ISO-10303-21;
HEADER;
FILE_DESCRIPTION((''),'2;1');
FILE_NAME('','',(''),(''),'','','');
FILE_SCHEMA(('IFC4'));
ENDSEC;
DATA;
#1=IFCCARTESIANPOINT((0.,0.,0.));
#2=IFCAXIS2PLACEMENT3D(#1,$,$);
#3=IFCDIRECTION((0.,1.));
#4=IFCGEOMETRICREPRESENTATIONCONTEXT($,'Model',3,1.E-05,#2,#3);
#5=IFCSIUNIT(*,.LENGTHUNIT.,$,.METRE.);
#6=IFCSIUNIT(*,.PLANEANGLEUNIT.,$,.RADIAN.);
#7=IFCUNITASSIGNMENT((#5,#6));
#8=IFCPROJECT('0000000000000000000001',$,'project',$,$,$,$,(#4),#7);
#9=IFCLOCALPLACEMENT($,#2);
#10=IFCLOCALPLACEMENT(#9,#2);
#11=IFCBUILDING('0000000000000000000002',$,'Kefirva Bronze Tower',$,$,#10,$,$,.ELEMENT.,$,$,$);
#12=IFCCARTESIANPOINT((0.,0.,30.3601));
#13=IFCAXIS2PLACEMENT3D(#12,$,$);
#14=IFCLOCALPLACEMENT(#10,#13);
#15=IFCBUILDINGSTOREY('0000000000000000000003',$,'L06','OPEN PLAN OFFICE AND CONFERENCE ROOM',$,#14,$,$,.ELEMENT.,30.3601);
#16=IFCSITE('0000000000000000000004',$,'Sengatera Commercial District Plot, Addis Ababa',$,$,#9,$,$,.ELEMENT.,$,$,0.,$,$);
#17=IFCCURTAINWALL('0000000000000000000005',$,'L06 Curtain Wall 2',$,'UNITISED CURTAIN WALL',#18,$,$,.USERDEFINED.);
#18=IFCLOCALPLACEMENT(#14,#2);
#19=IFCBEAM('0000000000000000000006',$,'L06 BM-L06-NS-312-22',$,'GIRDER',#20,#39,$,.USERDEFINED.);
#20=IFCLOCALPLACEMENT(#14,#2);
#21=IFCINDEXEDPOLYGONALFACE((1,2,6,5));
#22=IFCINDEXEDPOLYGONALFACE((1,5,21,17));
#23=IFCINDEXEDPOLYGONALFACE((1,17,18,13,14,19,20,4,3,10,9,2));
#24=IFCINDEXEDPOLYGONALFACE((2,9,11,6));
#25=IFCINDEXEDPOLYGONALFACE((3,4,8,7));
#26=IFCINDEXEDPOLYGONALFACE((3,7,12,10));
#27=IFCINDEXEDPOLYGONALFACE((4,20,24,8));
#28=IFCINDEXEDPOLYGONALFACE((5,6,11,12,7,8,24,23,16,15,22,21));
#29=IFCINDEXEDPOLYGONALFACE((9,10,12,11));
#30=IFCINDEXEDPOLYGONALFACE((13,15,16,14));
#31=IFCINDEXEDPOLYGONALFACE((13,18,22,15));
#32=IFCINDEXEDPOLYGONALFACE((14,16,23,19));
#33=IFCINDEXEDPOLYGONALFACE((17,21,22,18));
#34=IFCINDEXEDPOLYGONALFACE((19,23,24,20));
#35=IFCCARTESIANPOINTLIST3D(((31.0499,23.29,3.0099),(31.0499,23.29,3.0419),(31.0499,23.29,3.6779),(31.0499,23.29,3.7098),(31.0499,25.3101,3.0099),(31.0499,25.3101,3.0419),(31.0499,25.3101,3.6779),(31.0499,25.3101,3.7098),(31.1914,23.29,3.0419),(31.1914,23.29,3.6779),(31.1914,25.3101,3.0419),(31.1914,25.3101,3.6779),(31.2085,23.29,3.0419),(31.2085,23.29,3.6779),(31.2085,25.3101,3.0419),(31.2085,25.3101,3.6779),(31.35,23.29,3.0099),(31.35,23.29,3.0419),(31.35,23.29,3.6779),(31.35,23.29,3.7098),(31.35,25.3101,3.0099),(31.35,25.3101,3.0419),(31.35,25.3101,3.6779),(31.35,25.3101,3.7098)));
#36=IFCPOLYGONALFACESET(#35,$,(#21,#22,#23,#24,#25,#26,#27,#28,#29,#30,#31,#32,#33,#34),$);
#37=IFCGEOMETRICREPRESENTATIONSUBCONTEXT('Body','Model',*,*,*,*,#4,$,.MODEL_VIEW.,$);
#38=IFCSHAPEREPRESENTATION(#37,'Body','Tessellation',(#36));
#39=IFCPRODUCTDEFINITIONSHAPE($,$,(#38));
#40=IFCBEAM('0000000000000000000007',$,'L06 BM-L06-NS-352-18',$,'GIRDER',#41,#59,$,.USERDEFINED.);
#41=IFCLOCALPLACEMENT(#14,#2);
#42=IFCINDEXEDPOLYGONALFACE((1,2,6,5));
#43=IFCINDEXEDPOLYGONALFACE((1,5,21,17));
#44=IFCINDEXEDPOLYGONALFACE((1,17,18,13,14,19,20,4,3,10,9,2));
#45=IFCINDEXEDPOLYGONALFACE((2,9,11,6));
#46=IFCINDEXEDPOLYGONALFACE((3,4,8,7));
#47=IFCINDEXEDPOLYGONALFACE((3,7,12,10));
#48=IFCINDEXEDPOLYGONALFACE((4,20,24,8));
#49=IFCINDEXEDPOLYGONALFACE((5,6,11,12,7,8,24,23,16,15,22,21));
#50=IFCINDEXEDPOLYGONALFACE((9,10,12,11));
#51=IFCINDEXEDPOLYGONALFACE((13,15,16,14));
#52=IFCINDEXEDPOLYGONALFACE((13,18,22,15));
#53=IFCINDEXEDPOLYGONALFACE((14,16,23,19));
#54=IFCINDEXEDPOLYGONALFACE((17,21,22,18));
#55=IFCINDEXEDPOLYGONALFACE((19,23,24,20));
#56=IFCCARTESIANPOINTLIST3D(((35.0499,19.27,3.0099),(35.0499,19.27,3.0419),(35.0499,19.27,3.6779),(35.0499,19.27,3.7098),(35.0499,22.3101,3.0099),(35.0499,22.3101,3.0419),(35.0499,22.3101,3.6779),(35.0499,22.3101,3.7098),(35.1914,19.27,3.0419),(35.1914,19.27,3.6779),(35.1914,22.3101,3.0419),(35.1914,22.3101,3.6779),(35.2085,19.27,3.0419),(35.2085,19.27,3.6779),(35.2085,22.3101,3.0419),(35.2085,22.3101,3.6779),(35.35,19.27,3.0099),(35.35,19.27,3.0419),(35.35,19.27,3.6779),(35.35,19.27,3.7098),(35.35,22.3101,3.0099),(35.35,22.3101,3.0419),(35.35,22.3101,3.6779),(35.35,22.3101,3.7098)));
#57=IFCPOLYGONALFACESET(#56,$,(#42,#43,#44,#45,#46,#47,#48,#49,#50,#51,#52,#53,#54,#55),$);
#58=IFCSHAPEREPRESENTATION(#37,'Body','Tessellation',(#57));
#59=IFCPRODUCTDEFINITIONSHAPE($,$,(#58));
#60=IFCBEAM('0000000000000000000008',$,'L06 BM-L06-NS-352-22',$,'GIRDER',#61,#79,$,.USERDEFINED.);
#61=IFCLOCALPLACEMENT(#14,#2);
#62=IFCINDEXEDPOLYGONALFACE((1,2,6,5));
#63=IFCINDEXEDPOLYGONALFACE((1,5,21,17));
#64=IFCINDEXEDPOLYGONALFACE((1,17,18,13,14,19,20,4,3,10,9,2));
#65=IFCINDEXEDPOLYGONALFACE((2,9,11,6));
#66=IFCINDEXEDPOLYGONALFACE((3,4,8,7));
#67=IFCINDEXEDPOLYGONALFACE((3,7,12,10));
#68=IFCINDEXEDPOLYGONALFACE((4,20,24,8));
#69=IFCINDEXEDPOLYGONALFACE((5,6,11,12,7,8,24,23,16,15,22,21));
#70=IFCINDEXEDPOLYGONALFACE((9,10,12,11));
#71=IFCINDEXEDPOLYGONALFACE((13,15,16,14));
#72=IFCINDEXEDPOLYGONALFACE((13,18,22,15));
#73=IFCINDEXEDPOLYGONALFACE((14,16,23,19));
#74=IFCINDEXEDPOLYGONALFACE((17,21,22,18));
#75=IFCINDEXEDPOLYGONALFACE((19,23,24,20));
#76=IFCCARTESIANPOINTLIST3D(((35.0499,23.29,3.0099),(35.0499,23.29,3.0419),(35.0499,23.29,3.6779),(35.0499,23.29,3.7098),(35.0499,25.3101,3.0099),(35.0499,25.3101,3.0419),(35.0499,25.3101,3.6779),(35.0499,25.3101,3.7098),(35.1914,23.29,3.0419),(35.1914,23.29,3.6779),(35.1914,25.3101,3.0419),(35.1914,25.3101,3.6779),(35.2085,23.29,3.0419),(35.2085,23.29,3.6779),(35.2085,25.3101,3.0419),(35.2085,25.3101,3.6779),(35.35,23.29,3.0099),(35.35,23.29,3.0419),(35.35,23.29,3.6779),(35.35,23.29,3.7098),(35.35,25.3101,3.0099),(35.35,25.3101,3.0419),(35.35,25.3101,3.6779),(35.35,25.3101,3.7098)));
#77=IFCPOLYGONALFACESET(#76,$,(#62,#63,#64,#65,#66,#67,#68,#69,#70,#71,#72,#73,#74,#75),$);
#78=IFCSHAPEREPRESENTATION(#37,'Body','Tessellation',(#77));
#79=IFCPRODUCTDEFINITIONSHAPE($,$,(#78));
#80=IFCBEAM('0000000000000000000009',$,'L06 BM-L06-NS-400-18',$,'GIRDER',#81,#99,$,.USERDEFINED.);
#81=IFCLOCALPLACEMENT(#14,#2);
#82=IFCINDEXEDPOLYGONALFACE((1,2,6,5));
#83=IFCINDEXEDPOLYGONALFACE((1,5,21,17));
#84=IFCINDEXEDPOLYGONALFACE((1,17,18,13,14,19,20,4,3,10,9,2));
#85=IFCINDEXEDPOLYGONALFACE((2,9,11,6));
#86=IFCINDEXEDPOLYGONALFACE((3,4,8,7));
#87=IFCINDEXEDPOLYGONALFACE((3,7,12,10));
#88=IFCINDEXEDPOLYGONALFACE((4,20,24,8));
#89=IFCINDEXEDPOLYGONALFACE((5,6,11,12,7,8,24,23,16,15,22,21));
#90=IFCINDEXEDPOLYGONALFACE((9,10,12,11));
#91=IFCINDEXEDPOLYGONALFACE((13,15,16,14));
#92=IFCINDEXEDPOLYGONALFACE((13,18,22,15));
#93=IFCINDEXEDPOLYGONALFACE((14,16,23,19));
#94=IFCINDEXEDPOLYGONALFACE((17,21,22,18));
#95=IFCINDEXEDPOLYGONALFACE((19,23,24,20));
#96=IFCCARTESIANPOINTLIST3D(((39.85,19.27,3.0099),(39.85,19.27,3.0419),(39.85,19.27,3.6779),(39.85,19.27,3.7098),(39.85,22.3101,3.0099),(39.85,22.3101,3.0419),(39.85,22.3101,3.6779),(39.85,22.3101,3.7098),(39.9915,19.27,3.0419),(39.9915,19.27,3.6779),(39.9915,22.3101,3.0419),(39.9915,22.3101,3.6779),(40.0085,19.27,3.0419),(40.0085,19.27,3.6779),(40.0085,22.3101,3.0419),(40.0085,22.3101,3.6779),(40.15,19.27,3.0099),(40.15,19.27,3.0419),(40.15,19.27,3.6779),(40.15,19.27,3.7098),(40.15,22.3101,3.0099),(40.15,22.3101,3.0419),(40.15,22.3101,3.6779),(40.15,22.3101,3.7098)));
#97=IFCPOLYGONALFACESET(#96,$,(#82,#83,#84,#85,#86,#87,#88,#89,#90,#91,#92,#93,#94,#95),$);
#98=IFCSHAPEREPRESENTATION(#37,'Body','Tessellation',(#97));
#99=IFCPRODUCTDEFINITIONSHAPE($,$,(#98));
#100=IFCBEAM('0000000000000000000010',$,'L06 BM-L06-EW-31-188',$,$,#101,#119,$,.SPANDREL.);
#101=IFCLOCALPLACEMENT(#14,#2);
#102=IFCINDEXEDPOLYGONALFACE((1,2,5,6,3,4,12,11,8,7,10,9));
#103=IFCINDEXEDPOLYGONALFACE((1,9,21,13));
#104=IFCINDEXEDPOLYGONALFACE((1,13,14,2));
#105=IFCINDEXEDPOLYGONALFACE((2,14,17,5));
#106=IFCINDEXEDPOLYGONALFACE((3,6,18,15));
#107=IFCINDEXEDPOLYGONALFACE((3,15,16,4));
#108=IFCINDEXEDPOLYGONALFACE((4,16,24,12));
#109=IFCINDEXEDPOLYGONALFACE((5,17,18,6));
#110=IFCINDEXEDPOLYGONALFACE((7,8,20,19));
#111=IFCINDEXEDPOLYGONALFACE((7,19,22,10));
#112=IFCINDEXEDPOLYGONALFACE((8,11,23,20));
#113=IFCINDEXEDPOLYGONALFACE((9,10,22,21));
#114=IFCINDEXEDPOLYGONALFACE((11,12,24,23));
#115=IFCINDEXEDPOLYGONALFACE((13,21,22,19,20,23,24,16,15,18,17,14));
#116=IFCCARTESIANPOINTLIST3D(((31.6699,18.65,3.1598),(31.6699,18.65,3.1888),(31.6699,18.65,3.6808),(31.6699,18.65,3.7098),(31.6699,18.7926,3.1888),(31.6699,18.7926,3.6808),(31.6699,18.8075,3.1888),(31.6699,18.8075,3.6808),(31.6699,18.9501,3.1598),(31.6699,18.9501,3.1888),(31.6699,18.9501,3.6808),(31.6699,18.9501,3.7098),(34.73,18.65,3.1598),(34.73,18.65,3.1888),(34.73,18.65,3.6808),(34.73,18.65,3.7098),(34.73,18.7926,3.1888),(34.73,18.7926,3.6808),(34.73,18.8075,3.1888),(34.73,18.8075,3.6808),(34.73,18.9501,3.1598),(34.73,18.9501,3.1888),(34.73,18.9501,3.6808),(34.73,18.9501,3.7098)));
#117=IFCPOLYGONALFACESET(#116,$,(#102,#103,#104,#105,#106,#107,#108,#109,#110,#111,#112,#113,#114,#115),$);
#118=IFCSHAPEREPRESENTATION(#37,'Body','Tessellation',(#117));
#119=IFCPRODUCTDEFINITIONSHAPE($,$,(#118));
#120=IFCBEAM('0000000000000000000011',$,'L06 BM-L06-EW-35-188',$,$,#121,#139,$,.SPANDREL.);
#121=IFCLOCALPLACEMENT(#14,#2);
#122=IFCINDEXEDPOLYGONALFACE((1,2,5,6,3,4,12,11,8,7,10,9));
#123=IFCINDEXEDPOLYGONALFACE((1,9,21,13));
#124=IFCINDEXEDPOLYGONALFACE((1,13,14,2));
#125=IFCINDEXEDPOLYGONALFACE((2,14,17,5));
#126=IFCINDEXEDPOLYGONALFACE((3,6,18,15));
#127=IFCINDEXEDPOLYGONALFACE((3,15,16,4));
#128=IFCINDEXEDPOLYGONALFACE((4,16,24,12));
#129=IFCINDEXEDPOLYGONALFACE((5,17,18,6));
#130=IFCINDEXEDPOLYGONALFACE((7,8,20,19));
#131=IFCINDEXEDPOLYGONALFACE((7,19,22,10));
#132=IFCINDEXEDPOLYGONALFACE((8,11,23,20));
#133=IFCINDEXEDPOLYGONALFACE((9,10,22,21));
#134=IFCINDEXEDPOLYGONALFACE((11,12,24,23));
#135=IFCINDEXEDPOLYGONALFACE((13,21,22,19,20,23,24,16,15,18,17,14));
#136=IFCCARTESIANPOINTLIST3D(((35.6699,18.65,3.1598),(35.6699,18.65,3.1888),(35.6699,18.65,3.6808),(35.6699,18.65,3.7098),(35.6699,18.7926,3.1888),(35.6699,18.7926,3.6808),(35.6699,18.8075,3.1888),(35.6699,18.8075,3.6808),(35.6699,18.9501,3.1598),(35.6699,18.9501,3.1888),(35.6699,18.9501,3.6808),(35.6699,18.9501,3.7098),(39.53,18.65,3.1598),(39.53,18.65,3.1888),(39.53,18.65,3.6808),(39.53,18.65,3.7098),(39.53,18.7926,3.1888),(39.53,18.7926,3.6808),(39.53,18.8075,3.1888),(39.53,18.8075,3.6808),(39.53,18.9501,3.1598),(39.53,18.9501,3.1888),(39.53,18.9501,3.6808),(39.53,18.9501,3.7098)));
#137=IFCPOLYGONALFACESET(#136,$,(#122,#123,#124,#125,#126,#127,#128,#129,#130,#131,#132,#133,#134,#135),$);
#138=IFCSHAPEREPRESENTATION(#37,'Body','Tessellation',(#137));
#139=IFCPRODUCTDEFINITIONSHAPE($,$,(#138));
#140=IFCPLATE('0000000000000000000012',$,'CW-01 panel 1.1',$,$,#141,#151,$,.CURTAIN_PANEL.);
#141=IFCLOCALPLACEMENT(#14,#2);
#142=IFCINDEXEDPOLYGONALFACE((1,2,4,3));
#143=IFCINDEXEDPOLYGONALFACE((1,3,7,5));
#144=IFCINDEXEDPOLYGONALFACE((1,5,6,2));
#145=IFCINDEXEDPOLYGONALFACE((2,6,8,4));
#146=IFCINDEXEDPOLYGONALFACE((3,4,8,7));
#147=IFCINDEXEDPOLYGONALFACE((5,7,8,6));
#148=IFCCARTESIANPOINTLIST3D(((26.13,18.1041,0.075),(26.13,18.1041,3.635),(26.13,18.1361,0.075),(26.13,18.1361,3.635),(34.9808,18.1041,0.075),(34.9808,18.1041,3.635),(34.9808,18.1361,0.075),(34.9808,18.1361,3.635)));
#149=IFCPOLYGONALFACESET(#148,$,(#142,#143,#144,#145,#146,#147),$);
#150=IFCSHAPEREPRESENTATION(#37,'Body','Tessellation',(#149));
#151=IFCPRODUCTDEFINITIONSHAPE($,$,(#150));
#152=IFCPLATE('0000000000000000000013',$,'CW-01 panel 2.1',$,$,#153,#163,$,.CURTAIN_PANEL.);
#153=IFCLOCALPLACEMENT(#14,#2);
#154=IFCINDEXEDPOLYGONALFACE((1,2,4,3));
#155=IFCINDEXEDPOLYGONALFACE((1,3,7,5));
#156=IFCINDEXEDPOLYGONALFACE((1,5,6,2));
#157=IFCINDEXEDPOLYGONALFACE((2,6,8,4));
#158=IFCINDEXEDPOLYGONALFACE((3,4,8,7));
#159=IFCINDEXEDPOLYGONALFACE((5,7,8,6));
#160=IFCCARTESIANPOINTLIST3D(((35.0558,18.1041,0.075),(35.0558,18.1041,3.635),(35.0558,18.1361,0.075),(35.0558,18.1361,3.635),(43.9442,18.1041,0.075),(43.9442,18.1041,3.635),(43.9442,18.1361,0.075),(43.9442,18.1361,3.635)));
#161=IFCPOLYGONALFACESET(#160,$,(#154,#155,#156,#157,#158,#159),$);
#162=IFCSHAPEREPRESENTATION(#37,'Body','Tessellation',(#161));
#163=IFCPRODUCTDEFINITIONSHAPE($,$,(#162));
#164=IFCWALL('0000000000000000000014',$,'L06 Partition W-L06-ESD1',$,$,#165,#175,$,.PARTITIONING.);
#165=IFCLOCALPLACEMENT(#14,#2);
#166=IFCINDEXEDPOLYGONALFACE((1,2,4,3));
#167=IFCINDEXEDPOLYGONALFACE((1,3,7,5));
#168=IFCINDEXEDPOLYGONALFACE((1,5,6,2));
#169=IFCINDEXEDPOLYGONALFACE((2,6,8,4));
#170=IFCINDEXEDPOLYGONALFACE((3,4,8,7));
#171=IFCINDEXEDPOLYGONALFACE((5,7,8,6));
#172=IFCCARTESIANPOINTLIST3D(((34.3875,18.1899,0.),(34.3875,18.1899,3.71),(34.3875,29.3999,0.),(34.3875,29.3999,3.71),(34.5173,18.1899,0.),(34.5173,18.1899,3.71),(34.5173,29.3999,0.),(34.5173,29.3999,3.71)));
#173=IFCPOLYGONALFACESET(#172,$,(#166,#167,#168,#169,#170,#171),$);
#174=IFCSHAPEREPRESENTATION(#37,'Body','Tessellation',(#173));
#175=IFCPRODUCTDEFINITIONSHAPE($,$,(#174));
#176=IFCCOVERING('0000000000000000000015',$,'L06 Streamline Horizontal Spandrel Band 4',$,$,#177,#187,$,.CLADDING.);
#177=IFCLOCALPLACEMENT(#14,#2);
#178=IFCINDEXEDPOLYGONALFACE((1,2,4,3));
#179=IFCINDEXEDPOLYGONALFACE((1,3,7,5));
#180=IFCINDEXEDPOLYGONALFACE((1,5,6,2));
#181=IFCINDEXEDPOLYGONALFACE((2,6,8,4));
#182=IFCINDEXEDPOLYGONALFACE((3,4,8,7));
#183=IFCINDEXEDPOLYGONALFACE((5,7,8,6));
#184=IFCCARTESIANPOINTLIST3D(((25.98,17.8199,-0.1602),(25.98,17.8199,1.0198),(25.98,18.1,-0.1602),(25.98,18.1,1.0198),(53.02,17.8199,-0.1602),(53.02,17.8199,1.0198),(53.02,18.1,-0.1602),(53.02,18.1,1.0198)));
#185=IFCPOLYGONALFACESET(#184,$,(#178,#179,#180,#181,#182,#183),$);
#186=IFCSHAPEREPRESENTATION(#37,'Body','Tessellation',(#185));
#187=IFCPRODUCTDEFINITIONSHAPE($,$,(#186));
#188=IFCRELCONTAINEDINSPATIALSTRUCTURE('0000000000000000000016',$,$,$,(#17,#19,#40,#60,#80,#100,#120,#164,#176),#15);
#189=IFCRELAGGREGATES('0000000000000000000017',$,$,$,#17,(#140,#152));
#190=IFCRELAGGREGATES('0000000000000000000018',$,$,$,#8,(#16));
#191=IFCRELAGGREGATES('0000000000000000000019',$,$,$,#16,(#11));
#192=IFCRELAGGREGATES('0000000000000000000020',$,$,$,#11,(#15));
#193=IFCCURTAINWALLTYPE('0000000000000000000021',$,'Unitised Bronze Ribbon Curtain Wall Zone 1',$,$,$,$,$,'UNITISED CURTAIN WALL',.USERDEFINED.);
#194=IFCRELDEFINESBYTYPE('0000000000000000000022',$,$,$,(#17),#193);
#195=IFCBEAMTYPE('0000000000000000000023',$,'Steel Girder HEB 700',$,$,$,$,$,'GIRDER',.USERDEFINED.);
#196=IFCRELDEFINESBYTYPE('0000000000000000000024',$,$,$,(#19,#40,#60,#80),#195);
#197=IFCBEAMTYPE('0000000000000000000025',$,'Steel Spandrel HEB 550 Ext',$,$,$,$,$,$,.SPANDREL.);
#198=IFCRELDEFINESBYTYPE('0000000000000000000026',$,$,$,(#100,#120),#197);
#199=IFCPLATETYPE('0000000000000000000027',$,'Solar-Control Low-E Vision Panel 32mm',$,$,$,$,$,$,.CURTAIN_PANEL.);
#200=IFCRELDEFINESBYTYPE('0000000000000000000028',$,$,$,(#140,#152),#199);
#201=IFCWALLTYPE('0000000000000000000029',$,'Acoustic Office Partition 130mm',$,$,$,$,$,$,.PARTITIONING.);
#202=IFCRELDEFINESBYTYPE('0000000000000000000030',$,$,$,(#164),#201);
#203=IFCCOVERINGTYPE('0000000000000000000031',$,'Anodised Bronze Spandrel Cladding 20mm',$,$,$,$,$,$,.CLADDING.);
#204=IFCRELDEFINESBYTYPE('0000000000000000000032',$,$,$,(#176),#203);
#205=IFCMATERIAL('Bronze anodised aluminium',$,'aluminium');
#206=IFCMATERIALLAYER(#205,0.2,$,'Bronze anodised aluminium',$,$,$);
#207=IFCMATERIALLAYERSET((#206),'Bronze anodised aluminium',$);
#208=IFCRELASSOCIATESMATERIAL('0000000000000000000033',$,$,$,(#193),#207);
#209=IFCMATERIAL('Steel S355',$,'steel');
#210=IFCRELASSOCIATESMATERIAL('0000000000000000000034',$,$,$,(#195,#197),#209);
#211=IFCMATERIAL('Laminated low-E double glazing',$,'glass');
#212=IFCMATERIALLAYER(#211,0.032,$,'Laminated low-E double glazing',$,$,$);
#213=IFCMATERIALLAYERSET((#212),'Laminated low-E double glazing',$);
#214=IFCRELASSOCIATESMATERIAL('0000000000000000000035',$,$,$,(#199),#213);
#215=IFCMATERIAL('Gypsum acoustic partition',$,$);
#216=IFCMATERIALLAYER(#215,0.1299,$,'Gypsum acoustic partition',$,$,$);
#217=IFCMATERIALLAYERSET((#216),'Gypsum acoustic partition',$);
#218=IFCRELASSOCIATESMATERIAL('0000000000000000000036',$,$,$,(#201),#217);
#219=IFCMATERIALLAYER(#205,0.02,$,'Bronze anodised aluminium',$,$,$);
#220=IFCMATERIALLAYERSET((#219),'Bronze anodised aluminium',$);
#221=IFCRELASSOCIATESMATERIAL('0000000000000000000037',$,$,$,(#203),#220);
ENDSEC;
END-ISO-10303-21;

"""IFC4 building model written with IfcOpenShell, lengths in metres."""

from ifc_helpers import new_model, si_unit, direction, frame, frame_2d, origin, origin_2d, place, context, subcontext, project, spatial, rectangle, i_section, extrude, material, layer, layer_set, material_profile, profile_set, type_object, element, aggregate, save


model = new_model("IFC4")

# Units and contexts
model_context = context("Model", 3, precision=1e-05, world=origin(), true_north=direction((0.0, 1.0)))
body_context = subcontext(model_context, "Body", "Model", "MODEL_VIEW")
ifc_project = project(units=[si_unit("LENGTHUNIT", "METRE"), si_unit("PLANEANGLEUNIT", "RADIAN")], contexts=[model_context])

# Site, building, storey
site_placement = place(None, origin())
site = spatial("IfcSite", under=ifc_project, at=site_placement, Name="Sengatera Commercial District Plot, Addis Ababa", CompositionType="ELEMENT", RefElevation=0.0)
building_placement = place(site_placement, origin())
building = spatial("IfcBuilding", under=site, at=building_placement, Name="Kefirva Bronze Tower", CompositionType="ELEMENT")
storey_placement = place(building_placement, frame((0.0, 0.0, 30.3601)))
storey = spatial("IfcBuildingStorey", under=building, at=storey_placement, Name="L06", Description="OPEN PLAN OFFICE AND CONFERENCE ROOM", CompositionType="ELEMENT", Elevation=30.3601)

# Curtain wall
ifc_material_1 = material(Name="Bronze anodised aluminium", Category="aluminium")
ifc_layer_1 = layer(ifc_material_1, 0.2, Name="Bronze anodised aluminium")
ifc_layer_set_1 = layer_set([ifc_layer_1], Name="Bronze anodised aluminium")
curtain_wall_type = type_object("IfcCurtainWallType", Name="Unitised Bronze Ribbon Curtain Wall Zone 1", ElementType="UNITISED CURTAIN WALL", PredefinedType="USERDEFINED", material=ifc_layer_set_1)
curtain_wall_placement = place(storey_placement, origin())
curtain_wall = element("IfcCurtainWall", 1, at=curtain_wall_placement, inside=storey, type_object=curtain_wall_type, Name="L06 Curtain Wall 2", ObjectType="UNITISED CURTAIN WALL", PredefinedType="USERDEFINED")

# Beams
ifc_material_2 = material(Name="Steel S355", Category="steel")
ifc_material_profile_1 = material_profile(ifc_material_2, i_section(OverallWidth=0.3, OverallDepth=0.7, WebThickness=0.0171, FlangeThickness=0.032, at=origin_2d()), Name="HEB 700")
ifc_profile_set_1 = profile_set([ifc_material_profile_1], Name="Steel S355")
beam_type_1 = type_object("IfcBeamType", Name="Steel Girder HEB 700", ElementType="GIRDER", PredefinedType="USERDEFINED", material=ifc_profile_set_1)
beam_1_placement = place(storey_placement, frame((31.2, 23.29, 3.3599), z_axis=(0.0, 1.0, 0.0), x_axis=(-1.0, 0.0, 0.0)))
element("IfcBeam", 2, at=beam_1_placement, inside=storey, type_object=beam_type_1, Name="L06 BM-L06-NS-312-22", ObjectType="GIRDER", PredefinedType="USERDEFINED", context=body_context, shape_type="SweptSolid", body=[
    extrude(i_section(OverallWidth=0.3, OverallDepth=0.7, WebThickness=0.0171, FlangeThickness=0.032, at=origin_2d()), origin(), (0.0, 0.0, 1.0), 2.02),
])
beam_2_placement = place(storey_placement, frame((35.2, 19.27, 3.3599), z_axis=(0.0, 1.0, 0.0), x_axis=(-1.0, 0.0, 0.0)))
element("IfcBeam", 3, at=beam_2_placement, inside=storey, type_object=beam_type_1, Name="L06 BM-L06-NS-352-18", ObjectType="GIRDER", PredefinedType="USERDEFINED", context=body_context, shape_type="SweptSolid", body=[
    extrude(i_section(OverallWidth=0.3, OverallDepth=0.7, WebThickness=0.0171, FlangeThickness=0.032, at=origin_2d()), origin(), (0.0, 0.0, 1.0), 3.04),
])
beam_3_placement = place(storey_placement, frame((35.2, 23.29, 3.3599), z_axis=(0.0, 1.0, 0.0), x_axis=(-1.0, 0.0, 0.0)))
element("IfcBeam", 4, at=beam_3_placement, inside=storey, type_object=beam_type_1, Name="L06 BM-L06-NS-352-22", ObjectType="GIRDER", PredefinedType="USERDEFINED", context=body_context, shape_type="SweptSolid", body=[
    extrude(i_section(OverallWidth=0.3, OverallDepth=0.7, WebThickness=0.0171, FlangeThickness=0.032, at=origin_2d()), origin(), (0.0, 0.0, 1.0), 2.02),
])
beam_4_placement = place(storey_placement, frame((40.0, 19.27, 3.3599), z_axis=(0.0, 1.0, 0.0), x_axis=(-1.0, 0.0, 0.0)))
element("IfcBeam", 5, at=beam_4_placement, inside=storey, type_object=beam_type_1, Name="L06 BM-L06-NS-400-18", ObjectType="GIRDER", PredefinedType="USERDEFINED", context=body_context, shape_type="SweptSolid", body=[
    extrude(i_section(OverallWidth=0.3, OverallDepth=0.7, WebThickness=0.0171, FlangeThickness=0.032, at=origin_2d()), origin(), (0.0, 0.0, 1.0), 3.04),
])
ifc_material_profile_2 = material_profile(ifc_material_2, i_section(OverallWidth=0.3, OverallDepth=0.55, WebThickness=0.0149, FlangeThickness=0.0291, at=origin_2d()), Name="HEB 550")
ifc_profile_set_2 = profile_set([ifc_material_profile_2], Name="Steel S355")
beam_type_2 = type_object("IfcBeamType", Name="Steel Spandrel HEB 550 Ext", PredefinedType="SPANDREL", material=ifc_profile_set_2)
beam_5_placement = place(storey_placement, frame((31.6699, 18.8, 3.4348), z_axis=(1.0, 0.0, 0.0), x_axis=(0.0, 1.0, 0.0)))
element("IfcBeam", 6, at=beam_5_placement, inside=storey, type_object=beam_type_2, Name="L06 BM-L06-EW-31-188", PredefinedType="SPANDREL", context=body_context, shape_type="SweptSolid", body=[
    extrude(i_section(OverallWidth=0.3, OverallDepth=0.55, WebThickness=0.0149, FlangeThickness=0.0291, at=origin_2d()), origin(), (0.0, 0.0, 1.0), 3.0601),
])
beam_6_placement = place(storey_placement, frame((35.6699, 18.8, 3.4348), z_axis=(1.0, 0.0, 0.0), x_axis=(0.0, 1.0, 0.0)))
element("IfcBeam", 7, at=beam_6_placement, inside=storey, type_object=beam_type_2, Name="L06 BM-L06-EW-35-188", PredefinedType="SPANDREL", context=body_context, shape_type="SweptSolid", body=[
    extrude(i_section(OverallWidth=0.3, OverallDepth=0.55, WebThickness=0.0149, FlangeThickness=0.0291, at=origin_2d()), origin(), (0.0, 0.0, 1.0), 3.8601),
])

# Plates
ifc_material_3 = material(Name="Laminated low-E double glazing", Category="glass")
ifc_layer_2 = layer(ifc_material_3, 0.032, Name="Laminated low-E double glazing")
ifc_layer_set_2 = layer_set([ifc_layer_2], Name="Laminated low-E double glazing")
plate_type = type_object("IfcPlateType", Name="Solar-Control Low-E Vision Panel 32mm", PredefinedType="CURTAIN_PANEL", material=ifc_layer_set_2)
plate_1_placement = place(storey_placement, frame((30.5554, 18.1201, 0.075), z_axis=(0.0, 0.0, 1.0), x_axis=(1.0, 0.0, 0.0)))
plate_1 = element("IfcPlate", 8, at=plate_1_placement, type_object=plate_type, Name="CW-01 panel 1.1", PredefinedType="CURTAIN_PANEL", context=body_context, shape_type="SweptSolid", body=[
    extrude(rectangle(XDim=8.8508, YDim=0.032, at=origin_2d()), origin(), (0.0, 0.0, 1.0), 3.5601),
])
plate_2_placement = place(storey_placement, frame((39.5, 18.1201, 0.075), z_axis=(0.0, 0.0, 1.0), x_axis=(1.0, 0.0, 0.0)))
plate_2 = element("IfcPlate", 9, at=plate_2_placement, type_object=plate_type, Name="CW-01 panel 2.1", PredefinedType="CURTAIN_PANEL", context=body_context, shape_type="SweptSolid", body=[
    extrude(rectangle(XDim=8.8884, YDim=0.032, at=origin_2d()), origin(), (0.0, 0.0, 1.0), 3.5601),
])
aggregate(curtain_wall, [plate_1, plate_2])

# Wall
ifc_material_4 = material(Name="Gypsum acoustic partition")
ifc_layer_3 = layer(ifc_material_4, 0.1299, Name="Gypsum acoustic partition")
ifc_layer_set_3 = layer_set([ifc_layer_3], Name="Gypsum acoustic partition")
wall_type = type_object("IfcWallType", Name="Acoustic Office Partition 130mm", PredefinedType="PARTITIONING", material=ifc_layer_set_3)
wall_placement = place(storey_placement, frame((34.4524, 18.1899, 0.0), z_axis=(0.0, 0.0, 1.0), x_axis=(0.0, 1.0, 0.0)))
element("IfcWall", 10, at=wall_placement, inside=storey, type_object=wall_type, Name="L06 Partition W-L06-ESD1", PredefinedType="PARTITIONING", context=body_context, shape_type="SweptSolid", body=[
    extrude(rectangle(XDim=11.21, YDim=0.1299, at=frame_2d((5.605, 0.0))), origin(), (0.0, 0.0, 1.0), 3.71),
])

# Covering
ifc_layer_4 = layer(ifc_material_1, 0.02, Name="Bronze anodised aluminium")
ifc_layer_set_4 = layer_set([ifc_layer_4], Name="Bronze anodised aluminium")
covering_type_1 = type_object("IfcCoveringType", Name="Anodised Bronze Spandrel Cladding 20mm", PredefinedType="CLADDING", material=ifc_layer_set_4)
covering_1_placement = place(storey_placement, frame((39.5, 17.96, -0.1602), z_axis=(0.0, 0.0, 1.0), x_axis=(1.0, 0.0, 0.0)))
element("IfcCovering", 11, at=covering_1_placement, inside=storey, type_object=covering_type_1, Name="L06 Streamline Horizontal Spandrel Band 4", PredefinedType="CLADDING", context=body_context, shape_type="SweptSolid", body=[
    extrude(rectangle(XDim=27.04, YDim=0.28, at=origin_2d()), origin(), (0.0, 0.0, 1.0), 1.1799),
])

save(model, "model.ifc")
